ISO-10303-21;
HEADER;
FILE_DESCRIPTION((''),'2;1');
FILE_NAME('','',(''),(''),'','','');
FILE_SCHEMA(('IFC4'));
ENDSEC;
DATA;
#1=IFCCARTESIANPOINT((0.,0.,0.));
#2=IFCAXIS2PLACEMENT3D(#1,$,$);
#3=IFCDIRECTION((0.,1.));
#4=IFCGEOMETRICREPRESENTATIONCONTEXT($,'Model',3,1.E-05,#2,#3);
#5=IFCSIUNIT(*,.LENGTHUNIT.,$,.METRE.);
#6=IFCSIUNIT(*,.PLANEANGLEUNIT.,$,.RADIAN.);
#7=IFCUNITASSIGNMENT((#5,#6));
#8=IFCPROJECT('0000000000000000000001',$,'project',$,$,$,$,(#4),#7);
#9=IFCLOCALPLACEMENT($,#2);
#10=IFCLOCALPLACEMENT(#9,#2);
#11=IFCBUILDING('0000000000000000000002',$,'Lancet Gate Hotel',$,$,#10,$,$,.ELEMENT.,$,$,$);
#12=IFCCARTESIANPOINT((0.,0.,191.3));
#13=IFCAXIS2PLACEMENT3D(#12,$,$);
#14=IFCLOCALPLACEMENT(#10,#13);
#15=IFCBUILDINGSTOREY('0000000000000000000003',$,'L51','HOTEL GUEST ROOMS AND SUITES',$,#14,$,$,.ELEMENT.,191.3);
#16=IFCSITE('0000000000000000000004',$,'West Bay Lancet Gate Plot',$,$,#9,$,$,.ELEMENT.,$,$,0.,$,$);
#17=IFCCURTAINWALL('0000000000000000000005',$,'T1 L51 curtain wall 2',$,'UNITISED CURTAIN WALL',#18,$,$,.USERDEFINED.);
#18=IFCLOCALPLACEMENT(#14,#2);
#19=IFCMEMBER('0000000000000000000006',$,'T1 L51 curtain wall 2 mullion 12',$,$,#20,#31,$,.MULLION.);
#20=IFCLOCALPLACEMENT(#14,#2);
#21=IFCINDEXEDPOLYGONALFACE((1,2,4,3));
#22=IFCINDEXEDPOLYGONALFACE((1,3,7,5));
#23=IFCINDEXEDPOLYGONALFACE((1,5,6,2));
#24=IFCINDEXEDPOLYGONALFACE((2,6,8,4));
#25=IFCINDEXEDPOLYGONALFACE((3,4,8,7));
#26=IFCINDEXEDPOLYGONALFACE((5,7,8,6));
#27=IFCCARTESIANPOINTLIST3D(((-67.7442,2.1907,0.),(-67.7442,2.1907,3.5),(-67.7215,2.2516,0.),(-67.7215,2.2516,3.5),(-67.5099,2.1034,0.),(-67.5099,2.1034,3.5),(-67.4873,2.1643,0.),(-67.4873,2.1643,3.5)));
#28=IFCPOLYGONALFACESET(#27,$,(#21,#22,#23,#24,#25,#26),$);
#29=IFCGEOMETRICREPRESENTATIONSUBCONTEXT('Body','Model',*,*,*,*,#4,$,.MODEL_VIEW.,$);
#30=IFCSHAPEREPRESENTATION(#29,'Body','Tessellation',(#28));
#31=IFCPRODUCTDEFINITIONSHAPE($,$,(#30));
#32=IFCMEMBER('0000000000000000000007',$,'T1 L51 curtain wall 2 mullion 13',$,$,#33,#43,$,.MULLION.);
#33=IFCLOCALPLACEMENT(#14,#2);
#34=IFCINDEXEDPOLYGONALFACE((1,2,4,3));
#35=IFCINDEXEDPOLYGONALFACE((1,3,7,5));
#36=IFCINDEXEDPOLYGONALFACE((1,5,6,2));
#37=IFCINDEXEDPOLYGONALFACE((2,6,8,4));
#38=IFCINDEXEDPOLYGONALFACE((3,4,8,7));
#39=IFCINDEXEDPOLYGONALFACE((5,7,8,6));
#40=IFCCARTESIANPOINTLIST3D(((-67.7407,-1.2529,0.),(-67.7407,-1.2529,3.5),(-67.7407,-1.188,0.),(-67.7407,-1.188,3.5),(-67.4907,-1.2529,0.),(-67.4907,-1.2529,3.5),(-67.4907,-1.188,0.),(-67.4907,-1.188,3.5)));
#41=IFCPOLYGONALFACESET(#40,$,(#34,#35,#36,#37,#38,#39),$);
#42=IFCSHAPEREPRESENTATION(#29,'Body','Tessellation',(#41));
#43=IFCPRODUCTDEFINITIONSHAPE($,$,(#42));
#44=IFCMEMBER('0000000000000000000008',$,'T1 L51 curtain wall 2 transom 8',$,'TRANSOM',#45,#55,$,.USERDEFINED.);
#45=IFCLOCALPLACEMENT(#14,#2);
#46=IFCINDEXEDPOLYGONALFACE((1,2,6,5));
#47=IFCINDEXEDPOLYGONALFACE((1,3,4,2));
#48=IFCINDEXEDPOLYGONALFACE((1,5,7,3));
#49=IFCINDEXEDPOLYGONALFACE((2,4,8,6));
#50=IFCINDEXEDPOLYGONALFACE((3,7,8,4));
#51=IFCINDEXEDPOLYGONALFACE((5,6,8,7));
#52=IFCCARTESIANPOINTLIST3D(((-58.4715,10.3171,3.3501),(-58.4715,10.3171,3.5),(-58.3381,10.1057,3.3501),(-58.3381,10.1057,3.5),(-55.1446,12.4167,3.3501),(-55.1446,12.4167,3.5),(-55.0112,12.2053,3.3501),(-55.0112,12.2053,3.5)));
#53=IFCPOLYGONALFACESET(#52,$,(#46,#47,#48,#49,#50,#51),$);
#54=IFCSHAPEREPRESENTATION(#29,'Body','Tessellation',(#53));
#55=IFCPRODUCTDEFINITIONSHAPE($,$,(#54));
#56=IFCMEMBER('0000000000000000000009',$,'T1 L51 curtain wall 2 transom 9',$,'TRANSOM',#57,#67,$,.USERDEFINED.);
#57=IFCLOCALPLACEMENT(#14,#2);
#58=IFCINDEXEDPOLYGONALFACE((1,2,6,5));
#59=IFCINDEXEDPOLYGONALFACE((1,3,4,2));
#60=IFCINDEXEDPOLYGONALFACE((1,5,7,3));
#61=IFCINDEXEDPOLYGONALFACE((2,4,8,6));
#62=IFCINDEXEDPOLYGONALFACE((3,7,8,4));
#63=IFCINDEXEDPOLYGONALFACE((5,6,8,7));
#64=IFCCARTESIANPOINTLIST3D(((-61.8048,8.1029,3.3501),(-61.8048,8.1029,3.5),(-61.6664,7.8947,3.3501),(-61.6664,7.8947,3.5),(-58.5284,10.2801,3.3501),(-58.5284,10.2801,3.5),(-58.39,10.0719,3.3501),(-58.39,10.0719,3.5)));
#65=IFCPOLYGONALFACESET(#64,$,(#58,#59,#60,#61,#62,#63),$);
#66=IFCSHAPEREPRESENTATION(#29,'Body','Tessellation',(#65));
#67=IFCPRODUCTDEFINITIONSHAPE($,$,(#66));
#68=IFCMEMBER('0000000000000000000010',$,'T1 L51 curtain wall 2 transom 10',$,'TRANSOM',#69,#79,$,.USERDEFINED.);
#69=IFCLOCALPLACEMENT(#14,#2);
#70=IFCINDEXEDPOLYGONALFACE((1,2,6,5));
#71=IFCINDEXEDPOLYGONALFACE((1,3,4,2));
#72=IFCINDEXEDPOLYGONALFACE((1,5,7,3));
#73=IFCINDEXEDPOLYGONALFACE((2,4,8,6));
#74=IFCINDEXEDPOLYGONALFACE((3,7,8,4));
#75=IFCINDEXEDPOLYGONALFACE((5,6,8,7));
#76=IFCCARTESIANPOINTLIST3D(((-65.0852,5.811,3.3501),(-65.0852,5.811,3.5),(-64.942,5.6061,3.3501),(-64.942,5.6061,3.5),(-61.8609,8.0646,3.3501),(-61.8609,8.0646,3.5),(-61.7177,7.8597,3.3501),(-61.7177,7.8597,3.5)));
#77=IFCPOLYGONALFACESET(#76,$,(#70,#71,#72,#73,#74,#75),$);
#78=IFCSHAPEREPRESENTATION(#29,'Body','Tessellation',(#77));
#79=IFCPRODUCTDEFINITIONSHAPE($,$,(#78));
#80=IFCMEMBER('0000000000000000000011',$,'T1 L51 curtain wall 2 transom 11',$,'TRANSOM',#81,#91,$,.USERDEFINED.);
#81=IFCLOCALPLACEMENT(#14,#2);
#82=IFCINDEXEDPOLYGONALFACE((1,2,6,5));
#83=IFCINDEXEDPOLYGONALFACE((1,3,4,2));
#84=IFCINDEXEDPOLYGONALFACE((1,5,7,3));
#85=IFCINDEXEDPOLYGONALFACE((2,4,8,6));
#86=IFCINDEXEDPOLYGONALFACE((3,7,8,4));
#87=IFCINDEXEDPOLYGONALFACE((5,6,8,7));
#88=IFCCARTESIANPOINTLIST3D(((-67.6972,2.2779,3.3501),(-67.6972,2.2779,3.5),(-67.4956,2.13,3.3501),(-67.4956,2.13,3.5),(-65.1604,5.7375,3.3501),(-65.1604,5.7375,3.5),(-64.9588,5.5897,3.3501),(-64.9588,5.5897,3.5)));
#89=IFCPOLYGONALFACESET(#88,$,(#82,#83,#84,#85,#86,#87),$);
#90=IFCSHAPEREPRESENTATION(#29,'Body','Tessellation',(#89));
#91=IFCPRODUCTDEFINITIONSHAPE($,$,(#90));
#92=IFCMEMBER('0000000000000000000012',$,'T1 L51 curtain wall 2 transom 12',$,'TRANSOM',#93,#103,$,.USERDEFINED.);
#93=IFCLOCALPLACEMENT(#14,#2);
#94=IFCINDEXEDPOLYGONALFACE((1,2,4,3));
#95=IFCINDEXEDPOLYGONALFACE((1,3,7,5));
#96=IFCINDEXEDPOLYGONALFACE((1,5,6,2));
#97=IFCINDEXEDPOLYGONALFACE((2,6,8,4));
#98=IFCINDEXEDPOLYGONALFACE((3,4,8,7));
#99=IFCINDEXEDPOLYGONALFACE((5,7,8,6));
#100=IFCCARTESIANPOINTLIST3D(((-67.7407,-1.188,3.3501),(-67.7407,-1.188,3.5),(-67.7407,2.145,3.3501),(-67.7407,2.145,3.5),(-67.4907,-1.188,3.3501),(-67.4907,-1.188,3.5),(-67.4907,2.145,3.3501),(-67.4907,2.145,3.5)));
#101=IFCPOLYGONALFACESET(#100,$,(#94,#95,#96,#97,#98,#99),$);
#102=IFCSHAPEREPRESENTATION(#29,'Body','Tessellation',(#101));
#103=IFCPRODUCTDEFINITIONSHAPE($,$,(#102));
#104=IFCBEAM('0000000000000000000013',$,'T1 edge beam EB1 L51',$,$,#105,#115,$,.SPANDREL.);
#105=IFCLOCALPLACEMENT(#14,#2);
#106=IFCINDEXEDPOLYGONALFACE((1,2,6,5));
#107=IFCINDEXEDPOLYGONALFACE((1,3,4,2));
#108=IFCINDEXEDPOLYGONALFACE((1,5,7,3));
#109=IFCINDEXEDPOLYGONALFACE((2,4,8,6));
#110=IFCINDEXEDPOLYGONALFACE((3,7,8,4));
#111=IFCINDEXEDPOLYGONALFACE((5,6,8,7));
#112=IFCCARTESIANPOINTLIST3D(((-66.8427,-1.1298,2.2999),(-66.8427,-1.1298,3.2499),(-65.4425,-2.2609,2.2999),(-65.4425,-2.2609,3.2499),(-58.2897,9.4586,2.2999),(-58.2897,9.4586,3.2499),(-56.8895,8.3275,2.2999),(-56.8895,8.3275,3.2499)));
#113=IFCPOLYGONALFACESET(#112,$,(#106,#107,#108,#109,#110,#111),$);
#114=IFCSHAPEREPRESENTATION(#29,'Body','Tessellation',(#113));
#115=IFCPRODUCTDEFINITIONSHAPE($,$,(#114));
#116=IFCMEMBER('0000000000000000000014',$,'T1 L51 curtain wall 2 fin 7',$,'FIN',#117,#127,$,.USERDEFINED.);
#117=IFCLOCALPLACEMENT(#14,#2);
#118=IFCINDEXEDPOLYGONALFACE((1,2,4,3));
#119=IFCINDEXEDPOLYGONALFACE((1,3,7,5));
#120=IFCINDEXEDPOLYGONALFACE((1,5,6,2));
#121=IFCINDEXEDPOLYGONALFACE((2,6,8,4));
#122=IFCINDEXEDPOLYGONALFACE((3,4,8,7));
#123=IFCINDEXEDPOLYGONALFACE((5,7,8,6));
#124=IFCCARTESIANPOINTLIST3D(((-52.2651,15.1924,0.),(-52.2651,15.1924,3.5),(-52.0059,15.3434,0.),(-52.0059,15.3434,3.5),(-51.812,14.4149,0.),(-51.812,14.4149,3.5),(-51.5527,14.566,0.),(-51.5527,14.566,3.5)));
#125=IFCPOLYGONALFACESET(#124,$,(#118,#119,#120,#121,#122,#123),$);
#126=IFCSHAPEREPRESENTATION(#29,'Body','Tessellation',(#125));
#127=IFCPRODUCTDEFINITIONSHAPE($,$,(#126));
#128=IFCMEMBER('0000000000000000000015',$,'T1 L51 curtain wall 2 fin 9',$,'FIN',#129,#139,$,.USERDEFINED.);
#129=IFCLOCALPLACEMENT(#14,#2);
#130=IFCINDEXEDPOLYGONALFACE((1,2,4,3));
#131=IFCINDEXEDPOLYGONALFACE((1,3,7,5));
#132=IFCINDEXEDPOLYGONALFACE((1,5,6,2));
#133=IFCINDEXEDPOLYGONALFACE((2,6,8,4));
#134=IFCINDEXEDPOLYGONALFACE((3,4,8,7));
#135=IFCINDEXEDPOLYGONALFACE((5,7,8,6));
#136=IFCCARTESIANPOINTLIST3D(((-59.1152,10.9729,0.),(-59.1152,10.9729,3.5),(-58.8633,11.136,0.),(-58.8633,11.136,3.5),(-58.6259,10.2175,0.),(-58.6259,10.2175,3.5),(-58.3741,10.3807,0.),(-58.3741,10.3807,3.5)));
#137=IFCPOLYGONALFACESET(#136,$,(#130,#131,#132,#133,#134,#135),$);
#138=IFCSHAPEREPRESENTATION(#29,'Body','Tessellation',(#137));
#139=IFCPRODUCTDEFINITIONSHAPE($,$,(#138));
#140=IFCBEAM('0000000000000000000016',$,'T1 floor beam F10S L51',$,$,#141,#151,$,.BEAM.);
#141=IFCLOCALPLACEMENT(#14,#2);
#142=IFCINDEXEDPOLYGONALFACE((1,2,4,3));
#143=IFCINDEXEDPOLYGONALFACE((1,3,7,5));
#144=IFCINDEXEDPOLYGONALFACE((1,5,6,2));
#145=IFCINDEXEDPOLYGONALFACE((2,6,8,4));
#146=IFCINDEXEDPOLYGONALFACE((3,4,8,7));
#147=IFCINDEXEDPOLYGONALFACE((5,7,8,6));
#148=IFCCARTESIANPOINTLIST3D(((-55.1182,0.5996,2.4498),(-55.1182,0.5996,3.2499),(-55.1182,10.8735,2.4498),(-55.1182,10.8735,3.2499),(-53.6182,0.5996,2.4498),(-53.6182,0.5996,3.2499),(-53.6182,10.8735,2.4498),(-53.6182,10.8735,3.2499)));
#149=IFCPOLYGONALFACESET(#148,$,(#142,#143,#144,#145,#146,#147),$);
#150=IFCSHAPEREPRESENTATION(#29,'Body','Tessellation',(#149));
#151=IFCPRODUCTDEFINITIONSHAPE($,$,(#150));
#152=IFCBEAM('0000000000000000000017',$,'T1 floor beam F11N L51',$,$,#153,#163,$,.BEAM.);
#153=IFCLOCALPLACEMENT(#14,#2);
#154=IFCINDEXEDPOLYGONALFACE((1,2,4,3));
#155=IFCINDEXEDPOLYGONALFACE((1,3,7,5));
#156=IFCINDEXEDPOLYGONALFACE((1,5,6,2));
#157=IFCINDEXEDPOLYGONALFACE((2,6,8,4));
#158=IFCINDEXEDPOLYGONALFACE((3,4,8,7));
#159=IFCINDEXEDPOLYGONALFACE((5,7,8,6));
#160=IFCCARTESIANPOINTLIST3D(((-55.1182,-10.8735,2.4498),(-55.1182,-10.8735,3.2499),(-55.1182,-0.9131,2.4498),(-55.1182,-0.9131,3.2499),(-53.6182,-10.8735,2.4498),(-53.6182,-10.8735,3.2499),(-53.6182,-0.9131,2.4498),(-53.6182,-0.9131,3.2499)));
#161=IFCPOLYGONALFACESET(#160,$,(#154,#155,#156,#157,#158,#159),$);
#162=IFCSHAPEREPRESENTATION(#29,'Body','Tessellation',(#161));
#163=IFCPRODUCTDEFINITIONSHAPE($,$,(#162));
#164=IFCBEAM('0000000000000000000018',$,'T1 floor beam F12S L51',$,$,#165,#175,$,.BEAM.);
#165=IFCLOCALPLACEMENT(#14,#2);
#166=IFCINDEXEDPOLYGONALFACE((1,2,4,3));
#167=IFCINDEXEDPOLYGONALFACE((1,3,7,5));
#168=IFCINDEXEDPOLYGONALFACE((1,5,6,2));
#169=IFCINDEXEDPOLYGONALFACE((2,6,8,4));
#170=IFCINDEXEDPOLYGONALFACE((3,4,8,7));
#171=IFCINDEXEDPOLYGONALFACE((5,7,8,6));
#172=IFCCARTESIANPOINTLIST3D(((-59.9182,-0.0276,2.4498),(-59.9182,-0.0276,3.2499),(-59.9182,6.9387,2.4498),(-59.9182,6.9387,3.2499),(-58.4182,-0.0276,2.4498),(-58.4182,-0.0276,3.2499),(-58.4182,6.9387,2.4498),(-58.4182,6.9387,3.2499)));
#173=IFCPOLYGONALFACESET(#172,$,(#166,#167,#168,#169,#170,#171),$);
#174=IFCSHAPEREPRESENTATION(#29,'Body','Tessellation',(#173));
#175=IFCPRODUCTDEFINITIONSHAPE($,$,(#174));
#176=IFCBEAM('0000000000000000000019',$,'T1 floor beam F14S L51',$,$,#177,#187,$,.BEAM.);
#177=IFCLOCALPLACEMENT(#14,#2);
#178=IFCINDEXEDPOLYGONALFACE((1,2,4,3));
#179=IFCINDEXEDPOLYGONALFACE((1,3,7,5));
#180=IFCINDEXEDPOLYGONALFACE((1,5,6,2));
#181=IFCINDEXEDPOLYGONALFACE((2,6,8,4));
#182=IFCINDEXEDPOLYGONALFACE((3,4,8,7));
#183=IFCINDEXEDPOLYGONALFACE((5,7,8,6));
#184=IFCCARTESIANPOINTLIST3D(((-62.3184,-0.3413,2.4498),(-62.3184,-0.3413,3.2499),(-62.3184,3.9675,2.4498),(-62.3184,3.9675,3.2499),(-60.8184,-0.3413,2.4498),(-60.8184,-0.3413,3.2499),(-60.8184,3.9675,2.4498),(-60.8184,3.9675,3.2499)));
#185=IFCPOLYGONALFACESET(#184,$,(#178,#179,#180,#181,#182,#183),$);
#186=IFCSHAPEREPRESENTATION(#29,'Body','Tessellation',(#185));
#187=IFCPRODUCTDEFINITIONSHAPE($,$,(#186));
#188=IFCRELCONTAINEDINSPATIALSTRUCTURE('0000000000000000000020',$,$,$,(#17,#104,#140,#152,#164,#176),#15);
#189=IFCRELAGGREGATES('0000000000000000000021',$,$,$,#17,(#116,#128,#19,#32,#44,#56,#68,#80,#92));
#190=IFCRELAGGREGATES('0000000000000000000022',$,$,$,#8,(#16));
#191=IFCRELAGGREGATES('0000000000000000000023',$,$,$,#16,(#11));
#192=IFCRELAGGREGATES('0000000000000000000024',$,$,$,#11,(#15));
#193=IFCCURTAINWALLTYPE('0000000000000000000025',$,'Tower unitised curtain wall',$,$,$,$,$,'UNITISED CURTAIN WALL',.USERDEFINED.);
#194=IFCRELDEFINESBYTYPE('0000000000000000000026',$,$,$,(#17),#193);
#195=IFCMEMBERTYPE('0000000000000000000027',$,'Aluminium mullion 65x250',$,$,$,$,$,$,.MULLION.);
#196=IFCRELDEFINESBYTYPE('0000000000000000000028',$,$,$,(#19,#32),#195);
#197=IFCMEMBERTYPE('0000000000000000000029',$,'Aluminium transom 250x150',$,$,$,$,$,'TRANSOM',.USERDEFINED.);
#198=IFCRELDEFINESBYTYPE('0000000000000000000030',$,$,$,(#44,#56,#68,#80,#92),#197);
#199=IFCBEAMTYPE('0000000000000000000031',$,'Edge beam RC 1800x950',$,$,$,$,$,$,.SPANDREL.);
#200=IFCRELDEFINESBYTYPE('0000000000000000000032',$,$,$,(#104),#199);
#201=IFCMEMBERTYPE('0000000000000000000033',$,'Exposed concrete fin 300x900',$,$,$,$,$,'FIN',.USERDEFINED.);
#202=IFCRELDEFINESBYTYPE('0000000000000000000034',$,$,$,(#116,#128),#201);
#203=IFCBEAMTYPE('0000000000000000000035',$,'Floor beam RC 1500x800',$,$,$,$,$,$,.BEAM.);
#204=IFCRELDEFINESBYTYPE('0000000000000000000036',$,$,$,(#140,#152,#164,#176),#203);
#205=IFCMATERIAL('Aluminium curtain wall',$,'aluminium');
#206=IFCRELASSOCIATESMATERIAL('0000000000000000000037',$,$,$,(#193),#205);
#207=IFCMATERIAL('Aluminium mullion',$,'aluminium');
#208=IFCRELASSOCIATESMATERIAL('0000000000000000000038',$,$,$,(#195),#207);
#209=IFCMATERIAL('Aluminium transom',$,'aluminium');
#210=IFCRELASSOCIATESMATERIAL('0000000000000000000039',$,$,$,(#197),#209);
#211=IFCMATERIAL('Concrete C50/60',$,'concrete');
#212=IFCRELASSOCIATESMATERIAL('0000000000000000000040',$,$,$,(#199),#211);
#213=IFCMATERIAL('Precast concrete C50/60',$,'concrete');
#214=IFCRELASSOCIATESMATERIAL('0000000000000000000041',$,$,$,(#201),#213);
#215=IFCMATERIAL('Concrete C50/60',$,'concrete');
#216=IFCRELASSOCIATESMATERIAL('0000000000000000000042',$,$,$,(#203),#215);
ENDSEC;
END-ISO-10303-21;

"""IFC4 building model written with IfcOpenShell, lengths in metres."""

from ifc_helpers import new_model, si_unit, direction, frame, origin, origin_2d, place, context, subcontext, project, spatial, rectangle, extrude, material, material_profile, profile_set, type_object, element, aggregate, save


model = new_model("IFC4")

# Units and contexts
model_context = context("Model", 3, precision=1e-05, world=origin(), true_north=direction((0.0, 1.0)))
body_context = subcontext(model_context, "Body", "Model", "MODEL_VIEW")
ifc_project = project(units=[si_unit("LENGTHUNIT", "METRE"), si_unit("PLANEANGLEUNIT", "RADIAN")], contexts=[model_context])

# Site, building, storey
site_placement = place(None, origin())
site = spatial("IfcSite", under=ifc_project, at=site_placement, Name="West Bay Lancet Gate Plot", CompositionType="ELEMENT", RefElevation=0.0)
building_placement = place(site_placement, origin())
building = spatial("IfcBuilding", under=site, at=building_placement, Name="Lancet Gate Hotel", CompositionType="ELEMENT")
storey_placement = place(building_placement, frame((0.0, 0.0, 191.3)))
storey = spatial("IfcBuildingStorey", under=building, at=storey_placement, Name="L51", Description="HOTEL GUEST ROOMS AND SUITES", CompositionType="ELEMENT", Elevation=191.3)

# Curtain wall, members
ifc_material_1 = material(Name="Aluminium curtain wall", Category="aluminium")
curtain_wall_type = type_object("IfcCurtainWallType", Name="Tower unitised curtain wall", ElementType="UNITISED CURTAIN WALL", PredefinedType="USERDEFINED", material=ifc_material_1)
curtain_wall_placement = place(storey_placement, origin())
curtain_wall = element("IfcCurtainWall", 1, at=curtain_wall_placement, inside=storey, type_object=curtain_wall_type, Name="T1 L51 curtain wall 2", ObjectType="UNITISED CURTAIN WALL", PredefinedType="USERDEFINED")
ifc_material_2 = material(Name="Aluminium mullion", Category="aluminium")
ifc_material_profile_1 = material_profile(ifc_material_2, rectangle(XDim=0.0649, YDim=0.25, at=origin_2d()), Name="MULLION 65x250")
ifc_profile_set_1 = profile_set([ifc_material_profile_1], Name="Aluminium mullion")
member_type_1 = type_object("IfcMemberType", Name="Aluminium mullion 65x250", PredefinedType="MULLION", material=ifc_profile_set_1)
member_1_placement = place(storey_placement, frame((-67.6157, 2.1775, 0.0), z_axis=(0.0, 0.0, 1.0), x_axis=(-0.349199, -0.937048, 0.0)))
member_1 = element("IfcMember", 2, at=member_1_placement, type_object=member_type_1, Name="T1 L51 curtain wall 2 mullion 12", PredefinedType="MULLION", context=body_context, shape_type="SweptSolid", body=[
    extrude(rectangle(XDim=0.0649, YDim=0.25, at=origin_2d()), origin(), (0.0, 0.0, 1.0), 3.5),
])
member_2_placement = place(storey_placement, frame((-67.6157, -1.2205, 0.0), z_axis=(0.0, 0.0, 1.0), x_axis=(0.0, -1.0, 0.0)))
member_2 = element("IfcMember", 3, at=member_2_placement, type_object=member_type_1, Name="T1 L51 curtain wall 2 mullion 13", PredefinedType="MULLION", context=body_context, shape_type="SweptSolid", body=[
    extrude(rectangle(XDim=0.0649, YDim=0.25, at=origin_2d()), origin(), (0.0, 0.0, 1.0), 3.5),
])
ifc_material_3 = material(Name="Aluminium transom", Category="aluminium")
ifc_material_profile_2 = material_profile(ifc_material_3, rectangle(XDim=0.25, YDim=0.1499, at=origin_2d()), Name="TRANSOM 250x150")
ifc_profile_set_2 = profile_set([ifc_material_profile_2], Name="Aluminium transom")
member_type_2 = type_object("IfcMemberType", Name="Aluminium transom 250x150", ElementType="TRANSOM", PredefinedType="USERDEFINED", material=ifc_profile_set_2)
member_3_placement = place(storey_placement, frame((-55.0779, 12.311, 3.425), z_axis=(-0.845672, -0.533703, 0.0), x_axis=(0.533703, -0.845672, 0.0)))
member_3 = element("IfcMember", 4, at=member_3_placement, type_object=member_type_2, Name="T1 L51 curtain wall 2 transom 8", ObjectType="TRANSOM", PredefinedType="USERDEFINED", context=body_context, shape_type="SweptSolid", body=[
    extrude(rectangle(XDim=0.25, YDim=0.1499, at=origin_2d()), origin(), (0.0, 0.0, 1.0), 3.9341),
])
member_4_placement = place(storey_placement, frame((-58.4592, 10.176, 3.425), z_axis=(-0.832871, -0.553468, 0.0), x_axis=(0.553468, -0.832871, 0.0)))
member_4 = element("IfcMember", 5, at=member_4_placement, type_object=member_type_2, Name="T1 L51 curtain wall 2 transom 9", ObjectType="TRANSOM", PredefinedType="USERDEFINED", context=body_context, shape_type="SweptSolid", body=[
    extrude(rectangle(XDim=0.25, YDim=0.1499, at=origin_2d()), origin(), (0.0, 0.0, 1.0), 3.9338),
])
member_5_placement = place(storey_placement, frame((-61.7893, 7.9622, 3.425), z_axis=(-0.819637, -0.572883, 0.0), x_axis=(0.572883, -0.819637, 0.0)))
member_5 = element("IfcMember", 6, at=member_5_placement, type_object=member_type_2, Name="T1 L51 curtain wall 2 transom 10", ObjectType="TRANSOM", PredefinedType="USERDEFINED", context=body_context, shape_type="SweptSolid", body=[
    extrude(rectangle(XDim=0.25, YDim=0.1499, at=origin_2d()), origin(), (0.0, 0.0, 1.0), 3.9338),
])
member_6_placement = place(storey_placement, frame((-65.0596, 5.6636, 3.425), z_axis=(-0.591324, -0.806434, 0.0), x_axis=(0.806434, -0.591324, 0.0)))
member_6 = element("IfcMember", 7, at=member_6_placement, type_object=member_type_2, Name="T1 L51 curtain wall 2 transom 11", ObjectType="TRANSOM", PredefinedType="USERDEFINED", context=body_context, shape_type="SweptSolid", body=[
    extrude(rectangle(XDim=0.25, YDim=0.1499, at=origin_2d()), origin(), (0.0, 0.0, 1.0), 4.29),
])
member_7_placement = place(storey_placement, frame((-67.6157, 2.145, 3.425), z_axis=(0.0, -1.0, 0.0), x_axis=(1.0, 0.0, 0.0)))
member_7 = element("IfcMember", 8, at=member_7_placement, type_object=member_type_2, Name="T1 L51 curtain wall 2 transom 12", ObjectType="TRANSOM", PredefinedType="USERDEFINED", context=body_context, shape_type="SweptSolid", body=[
    extrude(rectangle(XDim=0.25, YDim=0.1499, at=origin_2d()), origin(), (0.0, 0.0, 1.0), 3.333),
])

# Beam
ifc_material_4 = material(Name="Concrete C50/60", Category="concrete")
ifc_material_profile_3 = material_profile(ifc_material_4, rectangle(XDim=1.8, YDim=0.95, at=origin_2d()), Name="RC 1800x950")
ifc_profile_set_3 = profile_set([ifc_material_profile_3], Name="Concrete C50/60")
beam_type_1 = type_object("IfcBeamType", Name="Edge beam RC 1800x950", PredefinedType="SPANDREL", material=ifc_profile_set_3)
beam_1_placement = place(storey_placement, frame((-57.5896, 8.8931, 2.7749), z_axis=(-0.628374, -0.777912, 0.0), x_axis=(0.777912, -0.628374, 0.0)))
element("IfcBeam", 9, at=beam_1_placement, inside=storey, type_object=beam_type_1, Name="T1 edge beam EB1 L51", PredefinedType="SPANDREL", context=body_context, shape_type="SweptSolid", body=[
    extrude(rectangle(XDim=1.8, YDim=0.95, at=origin_2d()), origin(), (0.0, 0.0, 1.0), 13.6113),
])

# Members
ifc_material_5 = material(Name="Precast concrete C50/60", Category="concrete")
ifc_material_profile_4 = material_profile(ifc_material_5, rectangle(XDim=0.3, YDim=0.8999, at=origin_2d()), Name="FIN 300x900")
ifc_profile_set_4 = profile_set([ifc_material_profile_4], Name="Precast concrete C50/60")
member_type_3 = type_object("IfcMemberType", Name="Exposed concrete fin 300x900", ElementType="FIN", PredefinedType="USERDEFINED", material=ifc_profile_set_4)
member_8_placement = place(storey_placement, frame((-51.9089, 14.8792, 0.0), z_axis=(0.0, 0.0, 1.0), x_axis=(-0.863969, -0.503545, 0.0)))
member_8 = element("IfcMember", 10, at=member_8_placement, type_object=member_type_3, Name="T1 L51 curtain wall 2 fin 7", ObjectType="FIN", PredefinedType="USERDEFINED", context=body_context, shape_type="SweptSolid", body=[
    extrude(rectangle(XDim=0.3, YDim=0.8999, at=origin_2d()), origin(), (0.0, 0.0, 1.0), 3.5),
])
member_9_placement = place(storey_placement, frame((-58.7446, 10.6768, 0.0), z_axis=(0.0, 0.0, 1.0), x_axis=(-0.839331, -0.543621, 0.0)))
member_9 = element("IfcMember", 11, at=member_9_placement, type_object=member_type_3, Name="T1 L51 curtain wall 2 fin 9", ObjectType="FIN", PredefinedType="USERDEFINED", context=body_context, shape_type="SweptSolid", body=[
    extrude(rectangle(XDim=0.3, YDim=0.8999, at=origin_2d()), origin(), (0.0, 0.0, 1.0), 3.5),
])

# Beams
ifc_material_6 = material(Name="Concrete C50/60", Category="concrete")
ifc_material_profile_5 = material_profile(ifc_material_6, rectangle(XDim=1.5, YDim=0.8, at=origin_2d()), Name="RC 1500x800")
ifc_profile_set_5 = profile_set([ifc_material_profile_5], Name="Concrete C50/60")
beam_type_2 = type_object("IfcBeamType", Name="Floor beam RC 1500x800", PredefinedType="BEAM", material=ifc_profile_set_5)
beam_2_placement = place(storey_placement, frame((-54.3682, 10.8735, 2.8499), z_axis=(0.0, -1.0, 0.0), x_axis=(1.0, 0.0, 0.0)))
element("IfcBeam", 12, at=beam_2_placement, inside=storey, type_object=beam_type_2, Name="T1 floor beam F10S L51", PredefinedType="BEAM", context=body_context, shape_type="SweptSolid", body=[
    extrude(rectangle(XDim=1.5, YDim=0.8, at=origin_2d()), origin(), (0.0, 0.0, 1.0), 10.2739),
])
beam_3_placement = place(storey_placement, frame((-54.3682, -0.9131, 2.8499), z_axis=(0.0, -1.0, 0.0), x_axis=(1.0, 0.0, 0.0)))
element("IfcBeam", 13, at=beam_3_placement, inside=storey, type_object=beam_type_2, Name="T1 floor beam F11N L51", PredefinedType="BEAM", context=body_context, shape_type="SweptSolid", body=[
    extrude(rectangle(XDim=1.5, YDim=0.8, at=origin_2d()), origin(), (0.0, 0.0, 1.0), 9.9604),
])
beam_4_placement = place(storey_placement, frame((-59.1682, 6.9387, 2.8499), z_axis=(0.0, -1.0, 0.0), x_axis=(1.0, 0.0, 0.0)))
element("IfcBeam", 14, at=beam_4_placement, inside=storey, type_object=beam_type_2, Name="T1 floor beam F12S L51", PredefinedType="BEAM", context=body_context, shape_type="SweptSolid", body=[
    extrude(rectangle(XDim=1.5, YDim=0.8, at=origin_2d()), origin(), (0.0, 0.0, 1.0), 6.9663),
])
beam_5_placement = place(storey_placement, frame((-61.5684, 3.9675, 2.8499), z_axis=(0.0, -1.0, 0.0), x_axis=(1.0, 0.0, 0.0)))
element("IfcBeam", 15, at=beam_5_placement, inside=storey, type_object=beam_type_2, Name="T1 floor beam F14S L51", PredefinedType="BEAM", context=body_context, shape_type="SweptSolid", body=[
    extrude(rectangle(XDim=1.5, YDim=0.8, at=origin_2d()), origin(), (0.0, 0.0, 1.0), 4.3088),
])

aggregate(curtain_wall, [member_8, member_9, member_1, member_2, member_3, member_4, member_5, member_6, member_7])

save(model, "model.ifc")
